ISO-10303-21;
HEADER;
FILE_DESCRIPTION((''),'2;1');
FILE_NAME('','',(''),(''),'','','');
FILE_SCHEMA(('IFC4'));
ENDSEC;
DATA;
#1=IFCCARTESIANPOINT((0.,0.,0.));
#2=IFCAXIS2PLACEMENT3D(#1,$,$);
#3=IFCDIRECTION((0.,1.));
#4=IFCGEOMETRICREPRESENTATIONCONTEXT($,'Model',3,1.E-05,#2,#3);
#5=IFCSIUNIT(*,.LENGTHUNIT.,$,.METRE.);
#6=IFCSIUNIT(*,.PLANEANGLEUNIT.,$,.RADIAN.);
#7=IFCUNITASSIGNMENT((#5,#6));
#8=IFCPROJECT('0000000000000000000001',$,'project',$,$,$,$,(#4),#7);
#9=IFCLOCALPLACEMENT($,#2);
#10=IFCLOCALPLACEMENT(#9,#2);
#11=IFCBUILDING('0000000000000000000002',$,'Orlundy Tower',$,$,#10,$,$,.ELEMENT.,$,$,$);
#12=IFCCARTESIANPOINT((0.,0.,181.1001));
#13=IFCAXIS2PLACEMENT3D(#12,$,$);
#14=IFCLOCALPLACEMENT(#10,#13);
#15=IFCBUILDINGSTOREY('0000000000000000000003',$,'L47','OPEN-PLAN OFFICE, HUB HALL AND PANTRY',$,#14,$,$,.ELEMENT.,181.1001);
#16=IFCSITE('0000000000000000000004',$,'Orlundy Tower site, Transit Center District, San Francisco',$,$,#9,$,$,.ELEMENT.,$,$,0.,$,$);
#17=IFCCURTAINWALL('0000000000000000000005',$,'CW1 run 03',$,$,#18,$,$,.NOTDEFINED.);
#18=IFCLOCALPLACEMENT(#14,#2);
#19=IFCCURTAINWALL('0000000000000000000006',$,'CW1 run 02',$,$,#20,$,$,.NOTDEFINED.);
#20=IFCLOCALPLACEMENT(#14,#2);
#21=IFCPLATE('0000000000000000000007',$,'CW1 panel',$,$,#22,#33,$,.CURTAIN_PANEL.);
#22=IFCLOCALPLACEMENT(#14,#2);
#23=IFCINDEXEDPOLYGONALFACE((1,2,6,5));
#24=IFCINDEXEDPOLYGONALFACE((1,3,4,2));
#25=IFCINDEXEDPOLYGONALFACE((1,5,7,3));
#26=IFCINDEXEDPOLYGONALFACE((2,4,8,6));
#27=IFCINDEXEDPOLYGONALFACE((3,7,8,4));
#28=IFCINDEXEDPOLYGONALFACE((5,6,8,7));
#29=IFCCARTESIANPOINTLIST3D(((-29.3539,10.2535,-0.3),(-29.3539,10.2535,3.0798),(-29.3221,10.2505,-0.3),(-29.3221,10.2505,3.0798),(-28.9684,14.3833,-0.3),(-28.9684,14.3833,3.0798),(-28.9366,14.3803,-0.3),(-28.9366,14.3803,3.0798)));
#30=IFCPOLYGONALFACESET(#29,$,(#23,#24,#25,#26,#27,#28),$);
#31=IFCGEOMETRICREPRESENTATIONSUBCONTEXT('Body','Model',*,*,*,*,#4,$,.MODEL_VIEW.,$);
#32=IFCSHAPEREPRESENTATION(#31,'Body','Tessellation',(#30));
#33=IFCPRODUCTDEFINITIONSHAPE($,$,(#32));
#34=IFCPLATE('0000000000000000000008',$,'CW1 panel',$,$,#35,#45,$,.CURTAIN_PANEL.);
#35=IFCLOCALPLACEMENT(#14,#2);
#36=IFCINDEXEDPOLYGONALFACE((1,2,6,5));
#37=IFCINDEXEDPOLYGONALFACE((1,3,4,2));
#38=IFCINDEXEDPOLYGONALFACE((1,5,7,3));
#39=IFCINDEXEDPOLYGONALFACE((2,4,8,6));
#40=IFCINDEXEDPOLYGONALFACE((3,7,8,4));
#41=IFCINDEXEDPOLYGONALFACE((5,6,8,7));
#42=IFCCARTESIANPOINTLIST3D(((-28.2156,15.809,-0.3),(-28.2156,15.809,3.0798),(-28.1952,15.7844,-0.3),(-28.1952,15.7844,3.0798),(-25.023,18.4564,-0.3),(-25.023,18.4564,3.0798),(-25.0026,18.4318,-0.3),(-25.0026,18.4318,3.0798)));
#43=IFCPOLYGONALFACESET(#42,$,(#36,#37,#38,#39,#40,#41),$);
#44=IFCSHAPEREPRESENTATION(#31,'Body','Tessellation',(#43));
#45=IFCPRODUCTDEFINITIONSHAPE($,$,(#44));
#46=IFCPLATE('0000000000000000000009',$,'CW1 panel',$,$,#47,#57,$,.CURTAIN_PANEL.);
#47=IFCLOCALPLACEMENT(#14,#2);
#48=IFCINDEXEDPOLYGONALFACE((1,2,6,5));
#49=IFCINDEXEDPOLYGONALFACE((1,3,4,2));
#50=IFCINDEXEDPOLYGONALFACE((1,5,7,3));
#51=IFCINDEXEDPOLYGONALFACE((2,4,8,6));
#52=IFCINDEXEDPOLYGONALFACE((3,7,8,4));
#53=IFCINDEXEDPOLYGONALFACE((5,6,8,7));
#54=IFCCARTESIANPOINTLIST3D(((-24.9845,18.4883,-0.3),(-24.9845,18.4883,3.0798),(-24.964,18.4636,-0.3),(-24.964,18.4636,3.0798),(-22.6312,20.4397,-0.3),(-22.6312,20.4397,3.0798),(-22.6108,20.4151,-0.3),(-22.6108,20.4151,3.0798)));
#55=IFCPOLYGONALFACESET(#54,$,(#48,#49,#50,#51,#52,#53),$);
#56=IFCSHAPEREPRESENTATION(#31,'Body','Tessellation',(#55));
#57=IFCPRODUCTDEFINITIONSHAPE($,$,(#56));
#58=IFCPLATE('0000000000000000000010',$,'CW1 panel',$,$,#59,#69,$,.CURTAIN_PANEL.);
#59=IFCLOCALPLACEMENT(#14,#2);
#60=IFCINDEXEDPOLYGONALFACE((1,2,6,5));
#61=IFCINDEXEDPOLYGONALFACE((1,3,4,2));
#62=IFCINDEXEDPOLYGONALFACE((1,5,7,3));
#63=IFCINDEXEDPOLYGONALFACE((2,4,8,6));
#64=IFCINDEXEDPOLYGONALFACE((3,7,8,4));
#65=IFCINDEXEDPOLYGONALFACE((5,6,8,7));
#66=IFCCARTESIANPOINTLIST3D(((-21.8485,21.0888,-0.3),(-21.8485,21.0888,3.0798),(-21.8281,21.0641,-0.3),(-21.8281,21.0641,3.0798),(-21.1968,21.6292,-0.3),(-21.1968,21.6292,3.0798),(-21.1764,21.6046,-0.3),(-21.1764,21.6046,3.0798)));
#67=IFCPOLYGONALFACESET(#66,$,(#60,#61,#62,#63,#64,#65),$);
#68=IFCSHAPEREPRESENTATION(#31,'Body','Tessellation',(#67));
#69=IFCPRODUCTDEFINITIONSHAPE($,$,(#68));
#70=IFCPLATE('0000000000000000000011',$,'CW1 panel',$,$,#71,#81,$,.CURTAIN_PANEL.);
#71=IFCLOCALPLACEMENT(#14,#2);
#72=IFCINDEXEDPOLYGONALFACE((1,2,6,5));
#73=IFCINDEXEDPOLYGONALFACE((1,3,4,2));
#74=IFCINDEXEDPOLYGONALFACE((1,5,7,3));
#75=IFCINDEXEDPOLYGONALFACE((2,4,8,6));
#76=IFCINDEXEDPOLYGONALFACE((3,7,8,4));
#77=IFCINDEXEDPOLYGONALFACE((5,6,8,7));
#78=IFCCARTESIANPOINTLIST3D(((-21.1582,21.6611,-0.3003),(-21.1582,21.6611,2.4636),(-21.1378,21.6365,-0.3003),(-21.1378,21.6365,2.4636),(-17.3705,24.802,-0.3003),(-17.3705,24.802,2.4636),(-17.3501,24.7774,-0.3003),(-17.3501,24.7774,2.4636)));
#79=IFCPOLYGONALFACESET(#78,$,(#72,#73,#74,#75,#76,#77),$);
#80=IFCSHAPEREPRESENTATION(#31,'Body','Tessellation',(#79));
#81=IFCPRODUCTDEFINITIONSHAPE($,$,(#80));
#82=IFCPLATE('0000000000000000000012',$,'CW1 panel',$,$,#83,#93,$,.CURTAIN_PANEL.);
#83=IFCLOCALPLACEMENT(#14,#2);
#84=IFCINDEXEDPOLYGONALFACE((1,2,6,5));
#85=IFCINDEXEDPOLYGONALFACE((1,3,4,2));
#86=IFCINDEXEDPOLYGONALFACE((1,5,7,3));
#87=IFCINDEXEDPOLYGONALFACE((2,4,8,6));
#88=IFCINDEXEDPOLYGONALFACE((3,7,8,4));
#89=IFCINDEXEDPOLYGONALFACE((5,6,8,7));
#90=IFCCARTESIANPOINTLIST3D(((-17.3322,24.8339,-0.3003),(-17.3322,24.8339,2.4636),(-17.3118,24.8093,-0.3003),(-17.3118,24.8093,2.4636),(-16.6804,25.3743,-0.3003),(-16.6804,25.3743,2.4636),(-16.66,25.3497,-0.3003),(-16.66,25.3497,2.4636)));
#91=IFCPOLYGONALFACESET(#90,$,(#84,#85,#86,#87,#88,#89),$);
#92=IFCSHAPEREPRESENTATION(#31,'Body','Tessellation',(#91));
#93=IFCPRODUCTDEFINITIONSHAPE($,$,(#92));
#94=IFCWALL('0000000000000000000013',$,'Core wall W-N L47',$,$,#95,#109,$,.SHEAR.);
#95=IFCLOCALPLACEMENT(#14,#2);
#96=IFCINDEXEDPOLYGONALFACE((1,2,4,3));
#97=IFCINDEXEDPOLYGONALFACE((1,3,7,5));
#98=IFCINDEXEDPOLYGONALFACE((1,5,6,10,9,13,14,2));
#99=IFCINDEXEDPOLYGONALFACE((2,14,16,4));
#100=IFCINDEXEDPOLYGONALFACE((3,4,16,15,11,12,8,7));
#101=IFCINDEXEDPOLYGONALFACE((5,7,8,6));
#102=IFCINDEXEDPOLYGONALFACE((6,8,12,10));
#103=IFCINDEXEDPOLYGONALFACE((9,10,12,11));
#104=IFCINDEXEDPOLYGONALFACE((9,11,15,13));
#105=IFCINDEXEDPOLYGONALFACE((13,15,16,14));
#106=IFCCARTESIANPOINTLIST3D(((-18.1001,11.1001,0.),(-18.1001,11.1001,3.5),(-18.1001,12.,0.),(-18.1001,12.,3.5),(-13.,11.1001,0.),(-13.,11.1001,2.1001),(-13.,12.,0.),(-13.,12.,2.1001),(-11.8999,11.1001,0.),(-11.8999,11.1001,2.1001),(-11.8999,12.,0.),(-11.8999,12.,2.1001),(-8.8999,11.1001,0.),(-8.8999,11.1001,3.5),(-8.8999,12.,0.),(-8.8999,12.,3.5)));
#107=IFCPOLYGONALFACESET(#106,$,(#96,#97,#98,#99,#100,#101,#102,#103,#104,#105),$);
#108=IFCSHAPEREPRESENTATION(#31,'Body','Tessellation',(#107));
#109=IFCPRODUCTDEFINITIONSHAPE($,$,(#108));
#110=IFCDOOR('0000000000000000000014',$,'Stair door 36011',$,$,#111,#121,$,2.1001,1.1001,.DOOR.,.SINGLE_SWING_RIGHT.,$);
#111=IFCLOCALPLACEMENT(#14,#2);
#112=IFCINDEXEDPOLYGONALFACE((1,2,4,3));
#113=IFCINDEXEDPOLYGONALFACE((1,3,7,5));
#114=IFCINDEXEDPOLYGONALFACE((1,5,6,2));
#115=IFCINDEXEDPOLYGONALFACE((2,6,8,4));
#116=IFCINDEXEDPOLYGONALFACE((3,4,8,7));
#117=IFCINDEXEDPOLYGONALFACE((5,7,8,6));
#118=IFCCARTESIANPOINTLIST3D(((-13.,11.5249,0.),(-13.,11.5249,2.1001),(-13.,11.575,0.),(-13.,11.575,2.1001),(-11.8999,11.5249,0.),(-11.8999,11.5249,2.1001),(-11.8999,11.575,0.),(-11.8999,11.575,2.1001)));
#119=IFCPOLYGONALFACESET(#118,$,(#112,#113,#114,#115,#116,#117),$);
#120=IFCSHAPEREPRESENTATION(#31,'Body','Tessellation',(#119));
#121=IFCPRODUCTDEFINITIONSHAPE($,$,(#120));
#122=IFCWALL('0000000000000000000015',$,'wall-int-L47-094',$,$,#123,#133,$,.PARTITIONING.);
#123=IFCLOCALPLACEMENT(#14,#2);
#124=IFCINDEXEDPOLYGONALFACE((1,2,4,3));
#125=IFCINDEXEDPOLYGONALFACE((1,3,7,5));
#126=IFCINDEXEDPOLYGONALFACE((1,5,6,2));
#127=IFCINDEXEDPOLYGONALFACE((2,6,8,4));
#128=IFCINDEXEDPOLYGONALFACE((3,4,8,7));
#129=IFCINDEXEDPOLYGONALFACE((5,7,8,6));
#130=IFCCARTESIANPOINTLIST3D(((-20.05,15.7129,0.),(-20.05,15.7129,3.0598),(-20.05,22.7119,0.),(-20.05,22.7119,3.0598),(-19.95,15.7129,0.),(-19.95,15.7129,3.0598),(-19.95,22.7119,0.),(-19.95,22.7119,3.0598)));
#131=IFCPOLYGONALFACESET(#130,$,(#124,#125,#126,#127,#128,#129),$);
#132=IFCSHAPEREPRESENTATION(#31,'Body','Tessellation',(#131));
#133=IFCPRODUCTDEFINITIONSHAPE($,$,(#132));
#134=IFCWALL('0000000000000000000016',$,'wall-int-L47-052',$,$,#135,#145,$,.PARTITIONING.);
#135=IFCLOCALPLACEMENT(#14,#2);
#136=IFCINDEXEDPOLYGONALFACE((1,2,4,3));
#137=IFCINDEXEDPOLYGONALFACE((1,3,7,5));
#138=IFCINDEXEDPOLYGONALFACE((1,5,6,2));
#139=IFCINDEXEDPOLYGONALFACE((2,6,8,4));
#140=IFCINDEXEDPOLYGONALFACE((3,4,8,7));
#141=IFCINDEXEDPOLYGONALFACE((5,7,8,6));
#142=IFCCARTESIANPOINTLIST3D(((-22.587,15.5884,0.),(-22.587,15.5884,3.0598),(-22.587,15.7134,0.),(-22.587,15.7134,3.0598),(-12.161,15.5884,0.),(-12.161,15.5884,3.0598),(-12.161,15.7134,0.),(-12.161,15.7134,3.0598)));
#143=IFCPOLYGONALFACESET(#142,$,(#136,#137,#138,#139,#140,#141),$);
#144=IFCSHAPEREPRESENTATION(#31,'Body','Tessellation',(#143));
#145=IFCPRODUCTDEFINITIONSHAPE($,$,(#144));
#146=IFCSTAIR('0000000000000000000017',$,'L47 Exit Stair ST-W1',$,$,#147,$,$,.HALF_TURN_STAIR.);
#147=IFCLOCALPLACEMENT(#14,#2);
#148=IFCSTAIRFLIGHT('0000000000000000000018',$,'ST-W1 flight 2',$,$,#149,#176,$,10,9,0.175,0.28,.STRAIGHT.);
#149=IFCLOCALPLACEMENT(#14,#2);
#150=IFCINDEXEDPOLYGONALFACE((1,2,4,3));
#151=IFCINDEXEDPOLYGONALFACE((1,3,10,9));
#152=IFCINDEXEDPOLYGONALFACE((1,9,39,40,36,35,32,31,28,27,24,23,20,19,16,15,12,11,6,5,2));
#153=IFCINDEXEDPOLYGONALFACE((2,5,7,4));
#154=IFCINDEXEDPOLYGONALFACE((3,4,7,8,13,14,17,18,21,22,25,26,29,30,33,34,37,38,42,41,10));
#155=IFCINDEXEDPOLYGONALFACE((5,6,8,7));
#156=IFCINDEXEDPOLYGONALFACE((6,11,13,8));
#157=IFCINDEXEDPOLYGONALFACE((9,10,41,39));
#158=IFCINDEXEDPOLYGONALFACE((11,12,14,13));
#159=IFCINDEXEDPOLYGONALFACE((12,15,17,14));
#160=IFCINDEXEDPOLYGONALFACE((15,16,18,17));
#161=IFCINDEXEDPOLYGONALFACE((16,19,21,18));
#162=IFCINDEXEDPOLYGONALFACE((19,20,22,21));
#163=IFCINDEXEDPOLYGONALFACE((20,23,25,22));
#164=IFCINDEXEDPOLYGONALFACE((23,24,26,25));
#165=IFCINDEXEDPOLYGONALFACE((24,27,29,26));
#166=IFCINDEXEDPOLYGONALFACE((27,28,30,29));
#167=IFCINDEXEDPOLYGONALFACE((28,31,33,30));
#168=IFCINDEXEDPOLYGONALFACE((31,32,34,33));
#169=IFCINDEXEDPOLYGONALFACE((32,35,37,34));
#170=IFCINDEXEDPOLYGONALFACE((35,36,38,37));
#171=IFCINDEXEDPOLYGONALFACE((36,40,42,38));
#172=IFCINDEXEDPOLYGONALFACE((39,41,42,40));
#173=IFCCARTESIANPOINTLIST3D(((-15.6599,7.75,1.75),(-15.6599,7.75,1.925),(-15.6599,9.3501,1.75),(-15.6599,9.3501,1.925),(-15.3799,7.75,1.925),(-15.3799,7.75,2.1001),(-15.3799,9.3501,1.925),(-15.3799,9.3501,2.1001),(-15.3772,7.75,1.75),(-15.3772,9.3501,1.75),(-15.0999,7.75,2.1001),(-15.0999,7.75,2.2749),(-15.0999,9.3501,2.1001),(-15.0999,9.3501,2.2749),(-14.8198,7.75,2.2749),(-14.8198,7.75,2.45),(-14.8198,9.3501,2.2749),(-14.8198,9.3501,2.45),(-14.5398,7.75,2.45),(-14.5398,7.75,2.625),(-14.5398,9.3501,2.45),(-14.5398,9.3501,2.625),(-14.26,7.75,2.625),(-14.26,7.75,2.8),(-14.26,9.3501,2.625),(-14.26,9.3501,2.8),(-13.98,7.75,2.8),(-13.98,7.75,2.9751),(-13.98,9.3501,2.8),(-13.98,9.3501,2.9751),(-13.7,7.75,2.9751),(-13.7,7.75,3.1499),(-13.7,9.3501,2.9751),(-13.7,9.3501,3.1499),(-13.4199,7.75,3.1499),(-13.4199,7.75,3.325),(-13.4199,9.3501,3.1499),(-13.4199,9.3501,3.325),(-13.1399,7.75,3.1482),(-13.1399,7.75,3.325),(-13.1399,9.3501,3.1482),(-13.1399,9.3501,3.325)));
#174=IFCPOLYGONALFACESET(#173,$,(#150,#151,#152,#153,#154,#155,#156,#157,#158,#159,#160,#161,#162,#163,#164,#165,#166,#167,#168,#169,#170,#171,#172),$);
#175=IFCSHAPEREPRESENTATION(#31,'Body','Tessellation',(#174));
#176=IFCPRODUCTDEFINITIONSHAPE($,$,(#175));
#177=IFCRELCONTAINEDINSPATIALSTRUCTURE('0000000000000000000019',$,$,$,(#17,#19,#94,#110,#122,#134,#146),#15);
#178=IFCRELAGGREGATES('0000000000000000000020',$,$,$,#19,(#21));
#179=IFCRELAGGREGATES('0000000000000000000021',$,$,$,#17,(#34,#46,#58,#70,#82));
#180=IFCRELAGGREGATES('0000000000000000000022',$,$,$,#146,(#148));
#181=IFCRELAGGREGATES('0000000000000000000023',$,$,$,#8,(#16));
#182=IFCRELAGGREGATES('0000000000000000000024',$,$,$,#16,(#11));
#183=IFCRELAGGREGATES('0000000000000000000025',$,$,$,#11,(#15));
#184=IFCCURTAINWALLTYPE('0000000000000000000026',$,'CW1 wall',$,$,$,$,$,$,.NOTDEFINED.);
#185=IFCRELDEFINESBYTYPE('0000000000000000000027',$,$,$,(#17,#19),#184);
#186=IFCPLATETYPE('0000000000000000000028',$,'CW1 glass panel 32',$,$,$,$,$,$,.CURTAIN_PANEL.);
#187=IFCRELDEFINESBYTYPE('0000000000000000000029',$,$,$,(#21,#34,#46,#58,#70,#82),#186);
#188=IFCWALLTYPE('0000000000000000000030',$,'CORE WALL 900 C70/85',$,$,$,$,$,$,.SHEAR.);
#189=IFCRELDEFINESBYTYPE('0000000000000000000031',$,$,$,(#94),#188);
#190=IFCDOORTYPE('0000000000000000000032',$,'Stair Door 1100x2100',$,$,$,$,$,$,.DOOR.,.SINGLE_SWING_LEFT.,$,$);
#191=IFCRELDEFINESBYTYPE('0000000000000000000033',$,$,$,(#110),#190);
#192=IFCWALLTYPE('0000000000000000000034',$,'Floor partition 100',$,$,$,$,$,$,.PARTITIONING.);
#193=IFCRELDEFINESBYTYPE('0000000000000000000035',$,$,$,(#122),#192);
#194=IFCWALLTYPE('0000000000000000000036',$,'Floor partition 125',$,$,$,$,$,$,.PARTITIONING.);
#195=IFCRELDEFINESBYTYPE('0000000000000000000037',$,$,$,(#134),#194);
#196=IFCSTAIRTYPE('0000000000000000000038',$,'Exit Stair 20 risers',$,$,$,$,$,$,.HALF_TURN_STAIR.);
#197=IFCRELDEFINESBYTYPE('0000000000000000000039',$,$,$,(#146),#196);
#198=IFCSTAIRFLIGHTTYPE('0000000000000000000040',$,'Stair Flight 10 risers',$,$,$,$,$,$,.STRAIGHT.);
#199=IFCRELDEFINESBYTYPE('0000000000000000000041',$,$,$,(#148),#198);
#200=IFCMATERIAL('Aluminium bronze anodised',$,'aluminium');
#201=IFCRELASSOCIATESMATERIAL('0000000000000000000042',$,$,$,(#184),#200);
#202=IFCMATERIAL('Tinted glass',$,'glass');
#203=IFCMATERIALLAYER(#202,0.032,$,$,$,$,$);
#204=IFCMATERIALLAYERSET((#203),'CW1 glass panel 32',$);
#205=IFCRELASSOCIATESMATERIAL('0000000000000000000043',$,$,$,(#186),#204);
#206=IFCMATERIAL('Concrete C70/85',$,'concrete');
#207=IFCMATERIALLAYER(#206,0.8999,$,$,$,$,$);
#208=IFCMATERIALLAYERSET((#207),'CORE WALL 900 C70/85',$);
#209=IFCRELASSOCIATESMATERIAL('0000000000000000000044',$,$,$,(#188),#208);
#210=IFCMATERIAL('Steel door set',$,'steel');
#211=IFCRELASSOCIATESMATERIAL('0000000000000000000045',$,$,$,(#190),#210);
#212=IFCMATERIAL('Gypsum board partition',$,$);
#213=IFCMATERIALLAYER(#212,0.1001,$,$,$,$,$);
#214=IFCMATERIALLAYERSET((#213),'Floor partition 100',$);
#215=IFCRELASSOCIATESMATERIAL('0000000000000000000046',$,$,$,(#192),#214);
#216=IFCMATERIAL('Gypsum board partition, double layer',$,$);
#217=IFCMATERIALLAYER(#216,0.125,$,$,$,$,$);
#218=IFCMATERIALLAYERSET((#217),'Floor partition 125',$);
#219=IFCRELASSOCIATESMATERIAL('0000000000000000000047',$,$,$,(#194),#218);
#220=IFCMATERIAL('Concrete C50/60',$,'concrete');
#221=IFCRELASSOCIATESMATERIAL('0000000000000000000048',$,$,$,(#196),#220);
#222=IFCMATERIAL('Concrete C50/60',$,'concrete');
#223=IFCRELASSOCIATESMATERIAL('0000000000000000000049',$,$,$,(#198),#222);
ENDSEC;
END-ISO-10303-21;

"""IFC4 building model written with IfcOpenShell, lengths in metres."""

from ifc_helpers import new_model, si_unit, direction, frame, frame_2d, origin, origin_2d, place, context, subcontext, project, spatial, polyline, rectangle, outline, extrude, material, layer, layer_set, type_object, element, fill, aggregate, save


model = new_model("IFC4")

# Units and contexts
model_context = context("Model", 3, precision=1e-05, world=origin(), true_north=direction((0.0, 1.0)))
body_context = subcontext(model_context, "Body", "Model", "MODEL_VIEW")
ifc_project = project(units=[si_unit("LENGTHUNIT", "METRE"), si_unit("PLANEANGLEUNIT", "RADIAN")], contexts=[model_context])

# Site, building, storey
site_placement = place(None, origin())
site = spatial("IfcSite", under=ifc_project, at=site_placement, Name="Orlundy Tower site, Transit Center District, San Francisco", CompositionType="ELEMENT", RefElevation=0.0)
building_placement = place(site_placement, origin())
building = spatial("IfcBuilding", under=site, at=building_placement, Name="Orlundy Tower", CompositionType="ELEMENT")
storey_placement = place(building_placement, frame((0.0, 0.0, 181.1001)))
storey = spatial("IfcBuildingStorey", under=building, at=storey_placement, Name="L47", Description="OPEN-PLAN OFFICE, HUB HALL AND PANTRY", CompositionType="ELEMENT", Elevation=181.1001)

# Curtain walls
ifc_material_1 = material(Name="Aluminium bronze anodised", Category="aluminium")
curtain_wall_type = type_object("IfcCurtainWallType", Name="CW1 wall", PredefinedType="NOTDEFINED", material=ifc_material_1)
curtain_wall_1_placement = place(storey_placement, origin())
curtain_wall_1 = element("IfcCurtainWall", 1, at=curtain_wall_1_placement, inside=storey, type_object=curtain_wall_type, Name="CW1 run 03", PredefinedType="NOTDEFINED")
curtain_wall_2_placement = place(storey_placement, origin())
curtain_wall_2 = element("IfcCurtainWall", 2, at=curtain_wall_2_placement, inside=storey, type_object=curtain_wall_type, Name="CW1 run 02", PredefinedType="NOTDEFINED")

# Plates
ifc_material_2 = material(Name="Tinted glass", Category="glass")
ifc_layer_1 = layer(ifc_material_2, 0.032)
ifc_layer_set_1 = layer_set([ifc_layer_1], Name="CW1 glass panel 32")
plate_type = type_object("IfcPlateType", Name="CW1 glass panel 32", PredefinedType="CURTAIN_PANEL", material=ifc_layer_set_1)
plate_1_placement = place(storey_placement, frame((-29.1453, 12.3169, -0.3), z_axis=(0.0, 0.0, 1.0), x_axis=(0.092948, 0.995671, 0.0)))
plate_1 = element("IfcPlate", 3, at=plate_1_placement, type_object=plate_type, Name="CW1 panel", PredefinedType="CURTAIN_PANEL", context=body_context, shape_type="SweptSolid", body=[
    extrude(rectangle(XDim=4.1477, YDim=0.032, at=origin_2d()), origin(), (0.0, 0.0, 1.0), 3.3799),
])
aggregate(curtain_wall_2, [plate_1])
plate_2_placement = place(storey_placement, frame((-26.6091, 17.1204, -0.3), z_axis=(0.0, 0.0, 1.0), x_axis=(0.769772, 0.638318, 0.0)))
plate_2 = element("IfcPlate", 4, at=plate_2_placement, type_object=plate_type, Name="CW1 panel", PredefinedType="CURTAIN_PANEL", context=body_context, shape_type="SweptSolid", body=[
    extrude(rectangle(XDim=4.1475, YDim=0.032, at=origin_2d()), origin(), (0.0, 0.0, 1.0), 3.3799),
])
plate_3_placement = place(storey_placement, frame((-23.7976, 19.4517, -0.3), z_axis=(0.0, 0.0, 1.0), x_axis=(0.769772, 0.638318, 0.0)))
plate_3 = element("IfcPlate", 5, at=plate_3_placement, type_object=plate_type, Name="CW1 panel", PredefinedType="CURTAIN_PANEL", context=body_context, shape_type="SweptSolid", body=[
    extrude(rectangle(XDim=3.0571, YDim=0.032, at=origin_2d()), origin(), (0.0, 0.0, 1.0), 3.3799),
])
plate_4_placement = place(storey_placement, frame((-21.5125, 21.3467, -0.3), z_axis=(0.0, 0.0, 1.0), x_axis=(0.769772, 0.638318, 0.0)))
plate_4 = element("IfcPlate", 6, at=plate_4_placement, type_object=plate_type, Name="CW1 panel", PredefinedType="CURTAIN_PANEL", context=body_context, shape_type="SweptSolid", body=[
    extrude(rectangle(XDim=0.8467, YDim=0.032, at=origin_2d()), origin(), (0.0, 0.0, 1.0), 3.3799),
])
plate_5_placement = place(storey_placement, frame((-19.2542, 23.2192, -0.3003), z_axis=(0.0, 0.0, 1.0), x_axis=(0.769772, 0.638318, 0.0)))
plate_5 = element("IfcPlate", 7, at=plate_5_placement, type_object=plate_type, Name="CW1 panel", PredefinedType="CURTAIN_PANEL", context=body_context, shape_type="SweptSolid", body=[
    extrude(rectangle(XDim=4.9207, YDim=0.032, at=origin_2d()), origin(), (0.0, 0.0, 1.0), 2.7639),
])
plate_6_placement = place(storey_placement, frame((-16.9961, 25.0918, -0.3003), z_axis=(0.0, 0.0, 1.0), x_axis=(0.769772, 0.638318, 0.0)))
plate_6 = element("IfcPlate", 8, at=plate_6_placement, type_object=plate_type, Name="CW1 panel", PredefinedType="CURTAIN_PANEL", context=body_context, shape_type="SweptSolid", body=[
    extrude(rectangle(XDim=0.8467, YDim=0.032, at=origin_2d()), origin(), (0.0, 0.0, 1.0), 2.7639),
])
aggregate(curtain_wall_1, [plate_2, plate_3, plate_4, plate_5, plate_6])

# Wall, opening, door
ifc_material_3 = material(Name="Concrete C70/85", Category="concrete")
ifc_layer_2 = layer(ifc_material_3, 0.8999)
ifc_layer_set_2 = layer_set([ifc_layer_2], Name="CORE WALL 900 C70/85")
wall_type_1 = type_object("IfcWallType", Name="CORE WALL 900 C70/85", PredefinedType="SHEAR", material=ifc_layer_set_2)
wall_1_placement = place(storey_placement, frame((-18.1001, 11.55, 0.0), z_axis=(0.0, 0.0, 1.0), x_axis=(1.0, 0.0, 0.0)))
wall_1 = element("IfcWall", 9, at=wall_1_placement, inside=storey, type_object=wall_type_1, Name="Core wall W-N L47", PredefinedType="SHEAR", context=body_context, shape_type="SweptSolid", body=[
    extrude(rectangle(XDim=9.2002, YDim=0.8999, at=frame_2d((4.6001, 0.0))), origin(), (0.0, 0.0, 1.0), 3.5),
])
opening_placement = place(wall_1_placement, frame((5.1001, 0.0, 0.0)))
opening = element("IfcOpeningElement", 10, at=opening_placement, cuts=wall_1, PredefinedType="OPENING", context=body_context, shape_type="SweptSolid", body=[
    extrude(rectangle(XDim=1.1001, YDim=2.1001, at=frame_2d((0.55, 1.05))), frame((0.0, 0.46, 0.0), z_axis=(0.0, -1.0, 0.0), x_axis=(1.0, 0.0, 0.0)), (0.0, 0.0, 1.0), 0.9199),
])
ifc_material_4 = material(Name="Steel door set", Category="steel")
door_type = type_object("IfcDoorType", Name="Stair Door 1100x2100", OperationType="SINGLE_SWING_LEFT", PredefinedType="DOOR", material=ifc_material_4)
door_placement = place(opening_placement, origin())
door = element("IfcDoor", 11, at=door_placement, inside=storey, type_object=door_type, Name="Stair door 36011", OperationType="SINGLE_SWING_RIGHT", OverallHeight=2.1001, OverallWidth=1.1001, PredefinedType="DOOR", context=body_context, shape_type="SweptSolid", body=[
    extrude(rectangle(XDim=1.1001, YDim=2.1001, at=frame_2d((0.55, 1.05))), frame((0.0, 0.0249, 0.0), z_axis=(0.0, -1.0, 0.0), x_axis=(1.0, 0.0, 0.0)), (0.0, 0.0, 1.0), 0.05),
])
fill(opening, door)

# Walls
ifc_material_5 = material(Name="Gypsum board partition")
ifc_layer_3 = layer(ifc_material_5, 0.1001)
ifc_layer_set_3 = layer_set([ifc_layer_3], Name="Floor partition 100")
wall_type_2 = type_object("IfcWallType", Name="Floor partition 100", PredefinedType="PARTITIONING", material=ifc_layer_set_3)
wall_2_placement = place(storey_placement, frame((-20.0, 15.7129, 0.0), z_axis=(0.0, 0.0, 1.0), x_axis=(0.0, 1.0, 0.0)))
element("IfcWall", 12, at=wall_2_placement, inside=storey, type_object=wall_type_2, Name="wall-int-L47-094", PredefinedType="PARTITIONING", context=body_context, shape_type="SweptSolid", body=[
    extrude(rectangle(XDim=6.999, YDim=0.1001, at=frame_2d((3.4995, 0.0))), origin(), (0.0, 0.0, 1.0), 3.0598),
])
ifc_material_6 = material(Name="Gypsum board partition, double layer")
ifc_layer_4 = layer(ifc_material_6, 0.125)
ifc_layer_set_4 = layer_set([ifc_layer_4], Name="Floor partition 125")
wall_type_3 = type_object("IfcWallType", Name="Floor partition 125", PredefinedType="PARTITIONING", material=ifc_layer_set_4)
wall_3_placement = place(storey_placement, frame((-22.5869, 15.6509, 0.0), z_axis=(0.0, 0.0, 1.0), x_axis=(1.0, 0.0, 0.0)))
element("IfcWall", 13, at=wall_3_placement, inside=storey, type_object=wall_type_3, Name="wall-int-L47-052", PredefinedType="PARTITIONING", context=body_context, shape_type="SweptSolid", body=[
    extrude(rectangle(XDim=10.426, YDim=0.125, at=frame_2d((5.2129, 0.0))), origin(), (0.0, 0.0, 1.0), 3.0598),
])

# Stair, stair flight
ifc_material_7 = material(Name="Concrete C50/60", Category="concrete")
stair_type = type_object("IfcStairType", Name="Exit Stair 20 risers", PredefinedType="HALF_TURN_STAIR", material=ifc_material_7)
stair_placement = place(storey_placement, origin())
stair = element("IfcStair", 14, at=stair_placement, inside=storey, type_object=stair_type, Name="L47 Exit Stair ST-W1", PredefinedType="HALF_TURN_STAIR")
ifc_material_8 = material(Name="Concrete C50/60", Category="concrete")
stair_flight_type = type_object("IfcStairFlightType", Name="Stair Flight 10 risers", PredefinedType="STRAIGHT", material=ifc_material_8)
stair_flight_placement = place(storey_placement, frame((-15.6599, 8.55, 1.75), z_axis=(0.0, 0.0, 1.0), x_axis=(1.0, 0.0, 0.0)))
stair_flight = element("IfcStairFlight", 15, at=stair_flight_placement, type_object=stair_flight_type, Name="ST-W1 flight 2", NumberOfRisers=10, NumberOfTreads=9, PredefinedType="STRAIGHT", RiserHeight=0.175, TreadLength=0.28, context=body_context, shape_type="SweptSolid", body=[
    extrude(outline(polyline([(0.0, 0.0), (0.0, 0.175), (0.28, 0.175), (0.28, 0.3501), (0.5601, 0.3501), (0.5601, 0.5249), (0.8401, 0.5249), (0.8401, 0.7), (1.1201, 0.7), (1.1201, 0.875), (1.3999, 0.875), (1.3999, 1.05), (1.6799, 1.05), (1.6799, 1.2251), (1.96, 1.2251), (1.96, 1.3999), (2.24, 1.3999), (2.24, 1.575), (2.52, 1.575), (2.52, 1.75), (2.52, 1.3982), (0.2827, 0.0), (0.0, 0.0)])), frame((0.0, 0.8, 0.0), z_axis=(0.0, -1.0, 0.0), x_axis=(1.0, 0.0, 0.0)), (0.0, 0.0, 1.0), 1.6001),
])
aggregate(stair, [stair_flight])

save(model, "model.ifc")
